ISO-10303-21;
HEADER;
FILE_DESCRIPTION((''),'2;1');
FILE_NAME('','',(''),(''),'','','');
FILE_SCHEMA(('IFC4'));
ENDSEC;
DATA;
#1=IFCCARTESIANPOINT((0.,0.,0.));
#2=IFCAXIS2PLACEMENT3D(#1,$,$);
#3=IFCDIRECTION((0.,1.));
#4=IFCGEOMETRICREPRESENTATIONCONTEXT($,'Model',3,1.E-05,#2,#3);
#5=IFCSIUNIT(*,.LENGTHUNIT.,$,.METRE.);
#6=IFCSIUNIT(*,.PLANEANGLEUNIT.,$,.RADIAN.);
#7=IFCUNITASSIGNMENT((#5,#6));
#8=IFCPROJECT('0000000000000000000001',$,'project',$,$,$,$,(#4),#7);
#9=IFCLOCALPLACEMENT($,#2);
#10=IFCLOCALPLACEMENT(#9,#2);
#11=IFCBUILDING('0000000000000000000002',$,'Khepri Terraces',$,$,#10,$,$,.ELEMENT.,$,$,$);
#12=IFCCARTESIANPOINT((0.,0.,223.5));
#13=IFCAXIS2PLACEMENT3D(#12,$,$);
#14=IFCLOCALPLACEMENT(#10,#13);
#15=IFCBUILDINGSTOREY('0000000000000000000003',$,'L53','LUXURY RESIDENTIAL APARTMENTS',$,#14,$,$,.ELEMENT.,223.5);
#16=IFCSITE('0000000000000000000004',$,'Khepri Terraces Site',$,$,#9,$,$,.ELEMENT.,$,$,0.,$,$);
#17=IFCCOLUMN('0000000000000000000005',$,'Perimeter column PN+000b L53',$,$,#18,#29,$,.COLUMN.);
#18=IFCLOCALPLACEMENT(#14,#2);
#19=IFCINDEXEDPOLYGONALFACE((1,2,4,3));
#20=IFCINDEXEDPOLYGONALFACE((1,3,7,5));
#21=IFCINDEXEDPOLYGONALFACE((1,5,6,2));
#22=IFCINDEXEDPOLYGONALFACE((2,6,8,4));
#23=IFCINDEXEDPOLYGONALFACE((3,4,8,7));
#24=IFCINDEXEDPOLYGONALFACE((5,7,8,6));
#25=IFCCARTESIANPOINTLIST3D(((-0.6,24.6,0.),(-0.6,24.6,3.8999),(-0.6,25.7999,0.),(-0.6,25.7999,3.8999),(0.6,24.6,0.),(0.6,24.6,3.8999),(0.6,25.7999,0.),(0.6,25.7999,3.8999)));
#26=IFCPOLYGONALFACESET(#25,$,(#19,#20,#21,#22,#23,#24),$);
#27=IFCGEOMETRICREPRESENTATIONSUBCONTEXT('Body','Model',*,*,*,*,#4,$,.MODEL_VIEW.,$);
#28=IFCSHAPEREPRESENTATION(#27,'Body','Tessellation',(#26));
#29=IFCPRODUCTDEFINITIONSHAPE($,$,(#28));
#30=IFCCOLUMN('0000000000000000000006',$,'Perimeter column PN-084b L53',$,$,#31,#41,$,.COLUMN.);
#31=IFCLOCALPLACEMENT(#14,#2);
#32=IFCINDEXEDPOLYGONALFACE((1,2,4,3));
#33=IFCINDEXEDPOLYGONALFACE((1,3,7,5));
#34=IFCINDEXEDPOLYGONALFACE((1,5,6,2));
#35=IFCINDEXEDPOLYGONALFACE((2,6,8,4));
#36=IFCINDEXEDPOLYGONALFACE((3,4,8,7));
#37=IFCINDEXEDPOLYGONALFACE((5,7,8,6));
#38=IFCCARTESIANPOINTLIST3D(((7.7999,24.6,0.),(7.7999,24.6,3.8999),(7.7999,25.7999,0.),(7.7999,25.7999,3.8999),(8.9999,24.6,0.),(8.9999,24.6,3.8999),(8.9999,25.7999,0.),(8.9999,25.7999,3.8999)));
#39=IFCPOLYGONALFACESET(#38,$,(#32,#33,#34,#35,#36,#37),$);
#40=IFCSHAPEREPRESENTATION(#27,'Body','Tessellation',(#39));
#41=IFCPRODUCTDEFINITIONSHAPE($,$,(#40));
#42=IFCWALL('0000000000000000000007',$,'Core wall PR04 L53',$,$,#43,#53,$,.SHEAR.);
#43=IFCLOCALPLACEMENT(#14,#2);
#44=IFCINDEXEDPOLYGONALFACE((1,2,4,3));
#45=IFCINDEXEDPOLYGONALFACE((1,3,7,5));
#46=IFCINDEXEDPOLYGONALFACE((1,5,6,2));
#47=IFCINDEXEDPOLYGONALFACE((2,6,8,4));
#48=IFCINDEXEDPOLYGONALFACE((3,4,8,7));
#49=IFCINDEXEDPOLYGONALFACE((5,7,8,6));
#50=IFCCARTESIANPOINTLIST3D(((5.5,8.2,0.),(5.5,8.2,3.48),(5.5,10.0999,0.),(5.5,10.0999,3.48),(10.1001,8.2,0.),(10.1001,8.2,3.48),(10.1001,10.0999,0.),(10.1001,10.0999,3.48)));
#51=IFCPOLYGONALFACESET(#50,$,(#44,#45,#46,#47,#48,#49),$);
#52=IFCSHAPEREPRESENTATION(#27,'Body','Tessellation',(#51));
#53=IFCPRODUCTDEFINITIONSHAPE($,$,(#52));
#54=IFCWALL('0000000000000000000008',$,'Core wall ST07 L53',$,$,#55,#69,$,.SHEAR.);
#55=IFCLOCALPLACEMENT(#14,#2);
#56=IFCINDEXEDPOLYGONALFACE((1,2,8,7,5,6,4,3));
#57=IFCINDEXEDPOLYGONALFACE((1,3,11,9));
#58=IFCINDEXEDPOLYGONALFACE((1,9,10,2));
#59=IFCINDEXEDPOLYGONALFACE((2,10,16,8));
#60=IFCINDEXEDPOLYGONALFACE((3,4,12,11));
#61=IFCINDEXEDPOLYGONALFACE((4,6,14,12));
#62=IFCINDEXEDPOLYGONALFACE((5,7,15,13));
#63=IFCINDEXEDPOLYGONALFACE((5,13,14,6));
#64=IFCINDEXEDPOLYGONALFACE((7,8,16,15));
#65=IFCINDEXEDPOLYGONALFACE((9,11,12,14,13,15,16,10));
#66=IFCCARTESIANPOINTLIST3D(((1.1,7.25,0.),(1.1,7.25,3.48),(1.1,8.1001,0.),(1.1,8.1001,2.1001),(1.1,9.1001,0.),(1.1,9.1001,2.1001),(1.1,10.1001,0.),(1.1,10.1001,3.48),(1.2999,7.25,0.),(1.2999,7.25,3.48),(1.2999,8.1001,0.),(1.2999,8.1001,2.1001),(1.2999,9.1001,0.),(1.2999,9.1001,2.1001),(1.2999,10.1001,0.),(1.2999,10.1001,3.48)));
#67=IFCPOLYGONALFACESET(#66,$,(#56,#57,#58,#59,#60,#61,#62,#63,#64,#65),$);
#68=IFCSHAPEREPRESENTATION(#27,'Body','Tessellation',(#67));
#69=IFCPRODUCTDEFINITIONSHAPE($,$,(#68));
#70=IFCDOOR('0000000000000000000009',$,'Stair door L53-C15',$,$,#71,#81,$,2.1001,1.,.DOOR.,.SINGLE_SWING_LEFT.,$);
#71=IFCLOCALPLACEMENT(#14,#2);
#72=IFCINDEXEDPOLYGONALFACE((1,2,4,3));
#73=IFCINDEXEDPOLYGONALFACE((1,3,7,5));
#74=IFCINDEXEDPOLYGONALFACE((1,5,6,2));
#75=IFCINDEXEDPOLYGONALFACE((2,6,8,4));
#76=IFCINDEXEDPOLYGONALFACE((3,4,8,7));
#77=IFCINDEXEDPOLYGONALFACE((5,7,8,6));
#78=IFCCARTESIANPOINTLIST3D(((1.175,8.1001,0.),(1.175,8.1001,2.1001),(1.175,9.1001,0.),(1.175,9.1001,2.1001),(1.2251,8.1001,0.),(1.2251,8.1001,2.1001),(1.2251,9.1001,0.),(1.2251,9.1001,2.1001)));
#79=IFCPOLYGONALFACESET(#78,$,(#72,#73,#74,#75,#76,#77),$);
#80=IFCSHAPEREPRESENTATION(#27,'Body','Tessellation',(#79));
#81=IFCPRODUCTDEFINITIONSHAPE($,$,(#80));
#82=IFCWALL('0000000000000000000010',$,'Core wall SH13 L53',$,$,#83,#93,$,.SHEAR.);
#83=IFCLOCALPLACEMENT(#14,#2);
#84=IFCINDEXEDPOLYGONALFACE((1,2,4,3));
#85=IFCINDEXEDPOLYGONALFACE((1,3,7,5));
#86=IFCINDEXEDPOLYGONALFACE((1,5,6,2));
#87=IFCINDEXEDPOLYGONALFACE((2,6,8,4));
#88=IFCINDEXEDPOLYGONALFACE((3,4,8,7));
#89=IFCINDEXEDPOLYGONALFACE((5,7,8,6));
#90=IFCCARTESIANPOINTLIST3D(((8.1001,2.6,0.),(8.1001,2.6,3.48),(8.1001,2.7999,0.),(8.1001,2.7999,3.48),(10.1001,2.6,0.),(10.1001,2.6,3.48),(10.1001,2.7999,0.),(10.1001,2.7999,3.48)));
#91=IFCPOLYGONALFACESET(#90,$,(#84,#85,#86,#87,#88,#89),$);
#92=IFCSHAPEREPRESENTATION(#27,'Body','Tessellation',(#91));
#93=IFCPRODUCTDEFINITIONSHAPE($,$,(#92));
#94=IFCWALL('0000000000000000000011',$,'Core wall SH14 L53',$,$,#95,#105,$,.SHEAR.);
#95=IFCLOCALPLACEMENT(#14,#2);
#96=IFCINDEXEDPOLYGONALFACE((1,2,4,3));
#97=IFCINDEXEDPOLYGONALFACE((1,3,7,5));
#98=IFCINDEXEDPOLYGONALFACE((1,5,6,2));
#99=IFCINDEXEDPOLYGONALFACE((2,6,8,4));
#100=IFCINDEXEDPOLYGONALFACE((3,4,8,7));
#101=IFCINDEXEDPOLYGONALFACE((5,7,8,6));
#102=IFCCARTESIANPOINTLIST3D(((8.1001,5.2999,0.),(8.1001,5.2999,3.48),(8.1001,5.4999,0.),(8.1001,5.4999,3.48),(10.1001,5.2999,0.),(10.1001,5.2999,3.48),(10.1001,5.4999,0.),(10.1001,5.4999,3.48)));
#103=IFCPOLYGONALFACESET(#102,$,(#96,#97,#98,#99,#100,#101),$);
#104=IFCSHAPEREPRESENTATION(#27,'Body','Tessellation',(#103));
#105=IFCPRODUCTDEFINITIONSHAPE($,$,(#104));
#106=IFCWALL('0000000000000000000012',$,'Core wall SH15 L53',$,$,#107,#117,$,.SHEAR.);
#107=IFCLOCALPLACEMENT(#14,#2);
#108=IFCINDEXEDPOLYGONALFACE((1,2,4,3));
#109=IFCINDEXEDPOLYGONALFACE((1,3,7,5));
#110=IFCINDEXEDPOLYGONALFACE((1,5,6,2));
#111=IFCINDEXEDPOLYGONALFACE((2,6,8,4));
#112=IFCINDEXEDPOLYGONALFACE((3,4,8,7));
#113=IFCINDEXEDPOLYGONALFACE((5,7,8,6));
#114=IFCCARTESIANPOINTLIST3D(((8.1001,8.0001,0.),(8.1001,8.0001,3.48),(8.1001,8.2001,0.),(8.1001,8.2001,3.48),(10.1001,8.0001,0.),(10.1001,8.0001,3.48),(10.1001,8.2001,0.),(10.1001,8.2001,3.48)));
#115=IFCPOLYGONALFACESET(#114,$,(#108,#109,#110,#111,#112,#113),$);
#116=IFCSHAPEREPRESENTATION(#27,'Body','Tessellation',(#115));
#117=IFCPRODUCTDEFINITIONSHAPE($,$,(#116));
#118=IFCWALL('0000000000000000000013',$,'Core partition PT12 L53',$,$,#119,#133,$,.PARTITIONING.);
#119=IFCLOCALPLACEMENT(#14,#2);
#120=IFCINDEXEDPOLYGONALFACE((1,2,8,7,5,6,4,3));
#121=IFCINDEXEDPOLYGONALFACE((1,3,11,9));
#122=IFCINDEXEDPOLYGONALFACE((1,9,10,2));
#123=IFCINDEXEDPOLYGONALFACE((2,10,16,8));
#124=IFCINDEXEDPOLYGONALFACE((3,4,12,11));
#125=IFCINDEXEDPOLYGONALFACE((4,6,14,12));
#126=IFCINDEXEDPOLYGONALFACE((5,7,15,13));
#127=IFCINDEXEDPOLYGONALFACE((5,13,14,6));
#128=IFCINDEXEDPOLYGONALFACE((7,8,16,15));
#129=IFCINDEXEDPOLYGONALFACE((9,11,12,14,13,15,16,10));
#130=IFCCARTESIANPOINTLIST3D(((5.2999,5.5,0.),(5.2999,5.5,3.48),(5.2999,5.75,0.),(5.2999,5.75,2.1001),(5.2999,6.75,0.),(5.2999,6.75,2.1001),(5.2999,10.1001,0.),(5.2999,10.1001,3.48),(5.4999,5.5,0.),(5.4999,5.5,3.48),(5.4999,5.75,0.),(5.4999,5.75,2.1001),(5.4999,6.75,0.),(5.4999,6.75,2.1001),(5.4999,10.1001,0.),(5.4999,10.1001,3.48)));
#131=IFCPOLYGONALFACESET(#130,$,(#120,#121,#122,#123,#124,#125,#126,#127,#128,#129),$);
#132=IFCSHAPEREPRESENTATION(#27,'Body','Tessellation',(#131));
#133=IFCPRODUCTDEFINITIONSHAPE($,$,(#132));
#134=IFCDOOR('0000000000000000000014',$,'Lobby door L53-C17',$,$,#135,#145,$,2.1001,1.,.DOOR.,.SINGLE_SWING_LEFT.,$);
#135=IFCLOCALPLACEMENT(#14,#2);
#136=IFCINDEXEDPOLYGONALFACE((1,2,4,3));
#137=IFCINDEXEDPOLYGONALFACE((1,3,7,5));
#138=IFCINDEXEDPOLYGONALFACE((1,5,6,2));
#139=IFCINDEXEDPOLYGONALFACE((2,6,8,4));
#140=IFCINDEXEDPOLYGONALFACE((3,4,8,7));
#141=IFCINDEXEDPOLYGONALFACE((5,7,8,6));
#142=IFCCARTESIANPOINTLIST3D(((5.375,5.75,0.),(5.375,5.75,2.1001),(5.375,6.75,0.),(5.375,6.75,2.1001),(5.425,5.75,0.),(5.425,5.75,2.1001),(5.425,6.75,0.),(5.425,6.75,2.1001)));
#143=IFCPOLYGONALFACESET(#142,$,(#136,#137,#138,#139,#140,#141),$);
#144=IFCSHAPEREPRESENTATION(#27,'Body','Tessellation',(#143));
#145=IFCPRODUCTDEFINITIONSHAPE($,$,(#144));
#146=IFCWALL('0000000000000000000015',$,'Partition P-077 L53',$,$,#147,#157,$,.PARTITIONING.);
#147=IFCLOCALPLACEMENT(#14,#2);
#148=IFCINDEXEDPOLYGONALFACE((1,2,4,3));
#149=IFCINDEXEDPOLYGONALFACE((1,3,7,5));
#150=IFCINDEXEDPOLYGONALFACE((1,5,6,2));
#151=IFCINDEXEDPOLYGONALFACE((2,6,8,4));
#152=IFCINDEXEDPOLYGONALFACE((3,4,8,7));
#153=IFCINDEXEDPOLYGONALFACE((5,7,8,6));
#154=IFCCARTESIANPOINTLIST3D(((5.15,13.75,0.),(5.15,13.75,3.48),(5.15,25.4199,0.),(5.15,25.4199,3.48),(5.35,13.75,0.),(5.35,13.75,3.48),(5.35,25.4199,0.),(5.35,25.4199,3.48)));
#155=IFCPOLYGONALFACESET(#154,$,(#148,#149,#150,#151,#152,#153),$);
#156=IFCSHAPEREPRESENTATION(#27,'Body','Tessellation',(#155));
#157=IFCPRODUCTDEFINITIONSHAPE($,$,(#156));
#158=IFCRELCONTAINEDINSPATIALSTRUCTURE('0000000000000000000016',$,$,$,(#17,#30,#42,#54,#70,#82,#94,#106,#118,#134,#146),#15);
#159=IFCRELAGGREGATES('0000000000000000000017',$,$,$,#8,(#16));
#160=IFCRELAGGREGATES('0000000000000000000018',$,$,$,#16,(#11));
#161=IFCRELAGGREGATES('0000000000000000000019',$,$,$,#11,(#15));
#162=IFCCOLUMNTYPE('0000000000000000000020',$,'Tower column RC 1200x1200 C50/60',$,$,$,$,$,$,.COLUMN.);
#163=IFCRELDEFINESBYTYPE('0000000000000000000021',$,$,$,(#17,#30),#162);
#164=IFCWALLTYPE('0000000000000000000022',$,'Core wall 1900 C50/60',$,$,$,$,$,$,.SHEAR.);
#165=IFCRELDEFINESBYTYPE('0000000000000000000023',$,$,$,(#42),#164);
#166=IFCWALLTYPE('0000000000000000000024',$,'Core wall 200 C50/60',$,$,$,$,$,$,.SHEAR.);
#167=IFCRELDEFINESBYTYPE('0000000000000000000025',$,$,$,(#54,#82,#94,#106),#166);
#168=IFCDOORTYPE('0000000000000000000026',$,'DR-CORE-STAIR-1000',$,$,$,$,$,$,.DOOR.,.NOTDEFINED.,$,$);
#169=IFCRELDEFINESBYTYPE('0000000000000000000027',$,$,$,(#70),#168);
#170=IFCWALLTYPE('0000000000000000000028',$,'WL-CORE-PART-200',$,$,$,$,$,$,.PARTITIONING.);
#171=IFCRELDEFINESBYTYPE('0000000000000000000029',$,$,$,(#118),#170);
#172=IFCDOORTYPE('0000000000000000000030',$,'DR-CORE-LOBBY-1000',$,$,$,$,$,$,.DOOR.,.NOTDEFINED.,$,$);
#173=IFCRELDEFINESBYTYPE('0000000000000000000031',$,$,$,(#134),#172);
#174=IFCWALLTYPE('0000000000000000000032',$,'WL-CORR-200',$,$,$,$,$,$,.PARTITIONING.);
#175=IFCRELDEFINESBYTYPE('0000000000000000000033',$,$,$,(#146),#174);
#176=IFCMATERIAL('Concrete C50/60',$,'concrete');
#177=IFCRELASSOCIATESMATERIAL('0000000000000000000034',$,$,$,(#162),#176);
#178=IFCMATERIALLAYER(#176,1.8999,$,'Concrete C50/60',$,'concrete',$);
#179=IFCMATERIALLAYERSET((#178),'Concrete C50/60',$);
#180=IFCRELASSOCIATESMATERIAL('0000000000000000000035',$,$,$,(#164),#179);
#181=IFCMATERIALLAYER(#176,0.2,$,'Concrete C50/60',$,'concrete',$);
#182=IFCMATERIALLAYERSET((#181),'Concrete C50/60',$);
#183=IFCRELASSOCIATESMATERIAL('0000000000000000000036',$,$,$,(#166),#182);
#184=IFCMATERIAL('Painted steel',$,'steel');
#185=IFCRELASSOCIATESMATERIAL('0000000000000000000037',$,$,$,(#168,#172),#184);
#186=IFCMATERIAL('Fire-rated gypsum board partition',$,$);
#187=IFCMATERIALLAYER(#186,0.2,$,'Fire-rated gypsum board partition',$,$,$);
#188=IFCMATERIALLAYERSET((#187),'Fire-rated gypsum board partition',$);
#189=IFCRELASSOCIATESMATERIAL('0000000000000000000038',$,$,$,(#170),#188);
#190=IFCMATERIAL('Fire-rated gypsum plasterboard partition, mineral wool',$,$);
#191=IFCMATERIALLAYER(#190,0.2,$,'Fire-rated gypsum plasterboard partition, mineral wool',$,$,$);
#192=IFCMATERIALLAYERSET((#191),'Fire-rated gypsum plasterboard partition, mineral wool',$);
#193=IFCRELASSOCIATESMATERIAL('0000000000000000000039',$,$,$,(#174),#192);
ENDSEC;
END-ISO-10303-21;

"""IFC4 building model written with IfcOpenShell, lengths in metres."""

from ifc_helpers import new_model, si_unit, direction, frame, frame_2d, origin, origin_2d, place, context, subcontext, project, spatial, rectangle, extrude, material, layer, layer_set, material_profile, profile_set, type_object, element, fill, save


model = new_model("IFC4")

# Units and contexts
model_context = context("Model", 3, precision=1e-05, world=origin(), true_north=direction((0.0, 1.0)))
body_context = subcontext(model_context, "Body", "Model", "MODEL_VIEW")
ifc_project = project(units=[si_unit("LENGTHUNIT", "METRE"), si_unit("PLANEANGLEUNIT", "RADIAN")], contexts=[model_context])

# Site, building, storey
site_placement = place(None, origin())
site = spatial("IfcSite", under=ifc_project, at=site_placement, Name="Khepri Terraces Site", CompositionType="ELEMENT", RefElevation=0.0)
building_placement = place(site_placement, origin())
building = spatial("IfcBuilding", under=site, at=building_placement, Name="Khepri Terraces", CompositionType="ELEMENT")
storey_placement = place(building_placement, frame((0.0, 0.0, 223.5)))
storey = spatial("IfcBuildingStorey", under=building, at=storey_placement, Name="L53", Description="LUXURY RESIDENTIAL APARTMENTS", CompositionType="ELEMENT", Elevation=223.5)

# Columns
ifc_material_1 = material(Name="Concrete C50/60", Category="concrete")
ifc_material_profile = material_profile(ifc_material_1, rectangle(XDim=1.2, YDim=1.2, at=origin_2d()), Name="Concrete C50/60", Category="concrete")
ifc_profile_set = profile_set([ifc_material_profile], Name="Concrete C50/60")
column_type = type_object("IfcColumnType", Name="Tower column RC 1200x1200 C50/60", PredefinedType="COLUMN", material=ifc_profile_set)
for number, where, z_axis, x_axis, name in (
    (1, (0.0, 25.2, 0.0), (0.0, 0.0, 1.0), (1.0, 0.0, 0.0), "Perimeter column PN+000b L53"),
    (2, (8.3999, 25.2, 0.0), (0.0, 0.0, 1.0), (1.0, 0.0, 0.0), "Perimeter column PN-084b L53"),
):
    element("IfcColumn", number, at=place(storey_placement, frame(where, z_axis=z_axis, x_axis=x_axis)), inside=storey, type_object=column_type, Name=name, PredefinedType="COLUMN", context=body_context, shape_type="SweptSolid", body=[
        extrude(rectangle(XDim=1.2, YDim=1.2, at=origin_2d()), origin(), (0.0, 0.0, 1.0), 3.8999),
    ])

# Wall
ifc_layer_1 = layer(ifc_material_1, 1.8999, Name="Concrete C50/60", Category="concrete")
ifc_layer_set_1 = layer_set([ifc_layer_1], Name="Concrete C50/60")
wall_type_1 = type_object("IfcWallType", Name="Core wall 1900 C50/60", PredefinedType="SHEAR", material=ifc_layer_set_1)
wall_1_placement = place(storey_placement, frame((5.5, 9.1499, 0.0), z_axis=(0.0, 0.0, 1.0), x_axis=(1.0, 0.0, 0.0)))
element("IfcWall", 3, at=wall_1_placement, inside=storey, type_object=wall_type_1, Name="Core wall PR04 L53", PredefinedType="SHEAR", context=body_context, shape_type="SweptSolid", body=[
    extrude(rectangle(XDim=4.6001, YDim=1.8999, at=frame_2d((2.3, 0.0))), origin(), (0.0, 0.0, 1.0), 3.48),
])

# Wall, opening, door
ifc_layer_2 = layer(ifc_material_1, 0.2, Name="Concrete C50/60", Category="concrete")
ifc_layer_set_2 = layer_set([ifc_layer_2], Name="Concrete C50/60")
wall_type_2 = type_object("IfcWallType", Name="Core wall 200 C50/60", PredefinedType="SHEAR", material=ifc_layer_set_2)
wall_2_placement = place(storey_placement, frame((1.2, 7.25, 0.0), z_axis=(0.0, 0.0, 1.0), x_axis=(0.0, 1.0, 0.0)))
wall_2 = element("IfcWall", 4, at=wall_2_placement, inside=storey, type_object=wall_type_2, Name="Core wall ST07 L53", PredefinedType="SHEAR", context=body_context, shape_type="SweptSolid", body=[
    extrude(rectangle(XDim=2.8501, YDim=0.2, at=frame_2d((1.425, 0.0))), origin(), (0.0, 0.0, 1.0), 3.48),
])
opening_1_placement = place(wall_2_placement, frame((0.8501, 0.0, 0.0)))
opening_1 = element("IfcOpeningElement", 5, at=opening_1_placement, cuts=wall_2, PredefinedType="OPENING", context=body_context, shape_type="SweptSolid", body=[
    extrude(rectangle(XDim=1.0, YDim=2.1001, at=frame_2d((0.5, 1.05))), frame((0.0, 0.1099, 0.0), z_axis=(0.0, -1.0, 0.0), x_axis=(1.0, 0.0, 0.0)), (0.0, 0.0, 1.0), 0.22),
])
ifc_material_2 = material(Name="Painted steel", Category="steel")
door_type_1 = type_object("IfcDoorType", Name="DR-CORE-STAIR-1000", OperationType="NOTDEFINED", PredefinedType="DOOR", material=ifc_material_2)
door_1_placement = place(opening_1_placement, origin())
door_1 = element("IfcDoor", 6, at=door_1_placement, inside=storey, type_object=door_type_1, Name="Stair door L53-C15", OperationType="SINGLE_SWING_LEFT", OverallHeight=2.1001, OverallWidth=1.0, PredefinedType="DOOR", context=body_context, shape_type="SweptSolid", body=[
    extrude(rectangle(XDim=1.0, YDim=2.1001, at=frame_2d((0.5, 1.05))), frame((0.0, 0.0249, 0.0), z_axis=(0.0, -1.0, 0.0), x_axis=(1.0, 0.0, 0.0)), (0.0, 0.0, 1.0), 0.05),
])
fill(opening_1, door_1)

# Walls
for number, where, z_axis, x_axis, name in (
    (7, (8.1001, 2.7, 0.0), (0.0, 0.0, 1.0), (1.0, 0.0, 0.0), "Core wall SH13 L53"),
    (8, (8.1001, 5.3999, 0.0), (0.0, 0.0, 1.0), (1.0, 0.0, 0.0), "Core wall SH14 L53"),
    (9, (8.1001, 8.1001, 0.0), (0.0, 0.0, 1.0), (1.0, 0.0, 0.0), "Core wall SH15 L53"),
):
    element("IfcWall", number, at=place(storey_placement, frame(where, z_axis=z_axis, x_axis=x_axis)), inside=storey, type_object=wall_type_2, Name=name, PredefinedType="SHEAR", context=body_context, shape_type="SweptSolid", body=[
        extrude(rectangle(XDim=2.0, YDim=0.2, at=frame_2d((1.0, 0.0))), origin(), (0.0, 0.0, 1.0), 3.48),
    ])

# Wall, opening, door
ifc_material_3 = material(Name="Fire-rated gypsum board partition")
ifc_layer_3 = layer(ifc_material_3, 0.2, Name="Fire-rated gypsum board partition")
ifc_layer_set_3 = layer_set([ifc_layer_3], Name="Fire-rated gypsum board partition")
wall_type_3 = type_object("IfcWallType", Name="WL-CORE-PART-200", PredefinedType="PARTITIONING", material=ifc_layer_set_3)
wall_3_placement = place(storey_placement, frame((5.3999, 5.5, 0.0), z_axis=(0.0, 0.0, 1.0), x_axis=(0.0, 1.0, 0.0)))
wall_3 = element("IfcWall", 10, at=wall_3_placement, inside=storey, type_object=wall_type_3, Name="Core partition PT12 L53", PredefinedType="PARTITIONING", context=body_context, shape_type="SweptSolid", body=[
    extrude(rectangle(XDim=4.6001, YDim=0.2, at=frame_2d((2.3, 0.0))), origin(), (0.0, 0.0, 1.0), 3.48),
])
opening_2_placement = place(wall_3_placement, frame((0.25, 0.0, 0.0)))
opening_2 = element("IfcOpeningElement", 11, at=opening_2_placement, cuts=wall_3, PredefinedType="OPENING", context=body_context, shape_type="SweptSolid", body=[
    extrude(rectangle(XDim=1.0, YDim=2.1001, at=frame_2d((0.5, 1.05))), frame((0.0, 0.1099, 0.0), z_axis=(0.0, -1.0, 0.0), x_axis=(1.0, 0.0, 0.0)), (0.0, 0.0, 1.0), 0.22),
])
door_type_2 = type_object("IfcDoorType", Name="DR-CORE-LOBBY-1000", OperationType="NOTDEFINED", PredefinedType="DOOR", material=ifc_material_2)
door_2_placement = place(opening_2_placement, origin())
door_2 = element("IfcDoor", 12, at=door_2_placement, inside=storey, type_object=door_type_2, Name="Lobby door L53-C17", OperationType="SINGLE_SWING_LEFT", OverallHeight=2.1001, OverallWidth=1.0, PredefinedType="DOOR", context=body_context, shape_type="SweptSolid", body=[
    extrude(rectangle(XDim=1.0, YDim=2.1001, at=frame_2d((0.5, 1.05))), frame((0.0, 0.0249, 0.0), z_axis=(0.0, -1.0, 0.0), x_axis=(1.0, 0.0, 0.0)), (0.0, 0.0, 1.0), 0.05),
])
fill(opening_2, door_2)

# Wall
ifc_material_4 = material(Name="Fire-rated gypsum plasterboard partition, mineral wool")
ifc_layer_4 = layer(ifc_material_4, 0.2, Name="Fire-rated gypsum plasterboard partition, mineral wool")
ifc_layer_set_4 = layer_set([ifc_layer_4], Name="Fire-rated gypsum plasterboard partition, mineral wool")
wall_type_4 = type_object("IfcWallType", Name="WL-CORR-200", PredefinedType="PARTITIONING", material=ifc_layer_set_4)
wall_4_placement = place(storey_placement, frame((5.25, 13.75, 0.0), z_axis=(0.0, 0.0, 1.0), x_axis=(0.0, 1.0, 0.0)))
element("IfcWall", 13, at=wall_4_placement, inside=storey, type_object=wall_type_4, Name="Partition P-077 L53", PredefinedType="PARTITIONING", context=body_context, shape_type="SweptSolid", body=[
    extrude(rectangle(XDim=11.6699, YDim=0.2, at=frame_2d((5.835, 0.0))), origin(), (0.0, 0.0, 1.0), 3.48),
])

save(model, "model.ifc")
